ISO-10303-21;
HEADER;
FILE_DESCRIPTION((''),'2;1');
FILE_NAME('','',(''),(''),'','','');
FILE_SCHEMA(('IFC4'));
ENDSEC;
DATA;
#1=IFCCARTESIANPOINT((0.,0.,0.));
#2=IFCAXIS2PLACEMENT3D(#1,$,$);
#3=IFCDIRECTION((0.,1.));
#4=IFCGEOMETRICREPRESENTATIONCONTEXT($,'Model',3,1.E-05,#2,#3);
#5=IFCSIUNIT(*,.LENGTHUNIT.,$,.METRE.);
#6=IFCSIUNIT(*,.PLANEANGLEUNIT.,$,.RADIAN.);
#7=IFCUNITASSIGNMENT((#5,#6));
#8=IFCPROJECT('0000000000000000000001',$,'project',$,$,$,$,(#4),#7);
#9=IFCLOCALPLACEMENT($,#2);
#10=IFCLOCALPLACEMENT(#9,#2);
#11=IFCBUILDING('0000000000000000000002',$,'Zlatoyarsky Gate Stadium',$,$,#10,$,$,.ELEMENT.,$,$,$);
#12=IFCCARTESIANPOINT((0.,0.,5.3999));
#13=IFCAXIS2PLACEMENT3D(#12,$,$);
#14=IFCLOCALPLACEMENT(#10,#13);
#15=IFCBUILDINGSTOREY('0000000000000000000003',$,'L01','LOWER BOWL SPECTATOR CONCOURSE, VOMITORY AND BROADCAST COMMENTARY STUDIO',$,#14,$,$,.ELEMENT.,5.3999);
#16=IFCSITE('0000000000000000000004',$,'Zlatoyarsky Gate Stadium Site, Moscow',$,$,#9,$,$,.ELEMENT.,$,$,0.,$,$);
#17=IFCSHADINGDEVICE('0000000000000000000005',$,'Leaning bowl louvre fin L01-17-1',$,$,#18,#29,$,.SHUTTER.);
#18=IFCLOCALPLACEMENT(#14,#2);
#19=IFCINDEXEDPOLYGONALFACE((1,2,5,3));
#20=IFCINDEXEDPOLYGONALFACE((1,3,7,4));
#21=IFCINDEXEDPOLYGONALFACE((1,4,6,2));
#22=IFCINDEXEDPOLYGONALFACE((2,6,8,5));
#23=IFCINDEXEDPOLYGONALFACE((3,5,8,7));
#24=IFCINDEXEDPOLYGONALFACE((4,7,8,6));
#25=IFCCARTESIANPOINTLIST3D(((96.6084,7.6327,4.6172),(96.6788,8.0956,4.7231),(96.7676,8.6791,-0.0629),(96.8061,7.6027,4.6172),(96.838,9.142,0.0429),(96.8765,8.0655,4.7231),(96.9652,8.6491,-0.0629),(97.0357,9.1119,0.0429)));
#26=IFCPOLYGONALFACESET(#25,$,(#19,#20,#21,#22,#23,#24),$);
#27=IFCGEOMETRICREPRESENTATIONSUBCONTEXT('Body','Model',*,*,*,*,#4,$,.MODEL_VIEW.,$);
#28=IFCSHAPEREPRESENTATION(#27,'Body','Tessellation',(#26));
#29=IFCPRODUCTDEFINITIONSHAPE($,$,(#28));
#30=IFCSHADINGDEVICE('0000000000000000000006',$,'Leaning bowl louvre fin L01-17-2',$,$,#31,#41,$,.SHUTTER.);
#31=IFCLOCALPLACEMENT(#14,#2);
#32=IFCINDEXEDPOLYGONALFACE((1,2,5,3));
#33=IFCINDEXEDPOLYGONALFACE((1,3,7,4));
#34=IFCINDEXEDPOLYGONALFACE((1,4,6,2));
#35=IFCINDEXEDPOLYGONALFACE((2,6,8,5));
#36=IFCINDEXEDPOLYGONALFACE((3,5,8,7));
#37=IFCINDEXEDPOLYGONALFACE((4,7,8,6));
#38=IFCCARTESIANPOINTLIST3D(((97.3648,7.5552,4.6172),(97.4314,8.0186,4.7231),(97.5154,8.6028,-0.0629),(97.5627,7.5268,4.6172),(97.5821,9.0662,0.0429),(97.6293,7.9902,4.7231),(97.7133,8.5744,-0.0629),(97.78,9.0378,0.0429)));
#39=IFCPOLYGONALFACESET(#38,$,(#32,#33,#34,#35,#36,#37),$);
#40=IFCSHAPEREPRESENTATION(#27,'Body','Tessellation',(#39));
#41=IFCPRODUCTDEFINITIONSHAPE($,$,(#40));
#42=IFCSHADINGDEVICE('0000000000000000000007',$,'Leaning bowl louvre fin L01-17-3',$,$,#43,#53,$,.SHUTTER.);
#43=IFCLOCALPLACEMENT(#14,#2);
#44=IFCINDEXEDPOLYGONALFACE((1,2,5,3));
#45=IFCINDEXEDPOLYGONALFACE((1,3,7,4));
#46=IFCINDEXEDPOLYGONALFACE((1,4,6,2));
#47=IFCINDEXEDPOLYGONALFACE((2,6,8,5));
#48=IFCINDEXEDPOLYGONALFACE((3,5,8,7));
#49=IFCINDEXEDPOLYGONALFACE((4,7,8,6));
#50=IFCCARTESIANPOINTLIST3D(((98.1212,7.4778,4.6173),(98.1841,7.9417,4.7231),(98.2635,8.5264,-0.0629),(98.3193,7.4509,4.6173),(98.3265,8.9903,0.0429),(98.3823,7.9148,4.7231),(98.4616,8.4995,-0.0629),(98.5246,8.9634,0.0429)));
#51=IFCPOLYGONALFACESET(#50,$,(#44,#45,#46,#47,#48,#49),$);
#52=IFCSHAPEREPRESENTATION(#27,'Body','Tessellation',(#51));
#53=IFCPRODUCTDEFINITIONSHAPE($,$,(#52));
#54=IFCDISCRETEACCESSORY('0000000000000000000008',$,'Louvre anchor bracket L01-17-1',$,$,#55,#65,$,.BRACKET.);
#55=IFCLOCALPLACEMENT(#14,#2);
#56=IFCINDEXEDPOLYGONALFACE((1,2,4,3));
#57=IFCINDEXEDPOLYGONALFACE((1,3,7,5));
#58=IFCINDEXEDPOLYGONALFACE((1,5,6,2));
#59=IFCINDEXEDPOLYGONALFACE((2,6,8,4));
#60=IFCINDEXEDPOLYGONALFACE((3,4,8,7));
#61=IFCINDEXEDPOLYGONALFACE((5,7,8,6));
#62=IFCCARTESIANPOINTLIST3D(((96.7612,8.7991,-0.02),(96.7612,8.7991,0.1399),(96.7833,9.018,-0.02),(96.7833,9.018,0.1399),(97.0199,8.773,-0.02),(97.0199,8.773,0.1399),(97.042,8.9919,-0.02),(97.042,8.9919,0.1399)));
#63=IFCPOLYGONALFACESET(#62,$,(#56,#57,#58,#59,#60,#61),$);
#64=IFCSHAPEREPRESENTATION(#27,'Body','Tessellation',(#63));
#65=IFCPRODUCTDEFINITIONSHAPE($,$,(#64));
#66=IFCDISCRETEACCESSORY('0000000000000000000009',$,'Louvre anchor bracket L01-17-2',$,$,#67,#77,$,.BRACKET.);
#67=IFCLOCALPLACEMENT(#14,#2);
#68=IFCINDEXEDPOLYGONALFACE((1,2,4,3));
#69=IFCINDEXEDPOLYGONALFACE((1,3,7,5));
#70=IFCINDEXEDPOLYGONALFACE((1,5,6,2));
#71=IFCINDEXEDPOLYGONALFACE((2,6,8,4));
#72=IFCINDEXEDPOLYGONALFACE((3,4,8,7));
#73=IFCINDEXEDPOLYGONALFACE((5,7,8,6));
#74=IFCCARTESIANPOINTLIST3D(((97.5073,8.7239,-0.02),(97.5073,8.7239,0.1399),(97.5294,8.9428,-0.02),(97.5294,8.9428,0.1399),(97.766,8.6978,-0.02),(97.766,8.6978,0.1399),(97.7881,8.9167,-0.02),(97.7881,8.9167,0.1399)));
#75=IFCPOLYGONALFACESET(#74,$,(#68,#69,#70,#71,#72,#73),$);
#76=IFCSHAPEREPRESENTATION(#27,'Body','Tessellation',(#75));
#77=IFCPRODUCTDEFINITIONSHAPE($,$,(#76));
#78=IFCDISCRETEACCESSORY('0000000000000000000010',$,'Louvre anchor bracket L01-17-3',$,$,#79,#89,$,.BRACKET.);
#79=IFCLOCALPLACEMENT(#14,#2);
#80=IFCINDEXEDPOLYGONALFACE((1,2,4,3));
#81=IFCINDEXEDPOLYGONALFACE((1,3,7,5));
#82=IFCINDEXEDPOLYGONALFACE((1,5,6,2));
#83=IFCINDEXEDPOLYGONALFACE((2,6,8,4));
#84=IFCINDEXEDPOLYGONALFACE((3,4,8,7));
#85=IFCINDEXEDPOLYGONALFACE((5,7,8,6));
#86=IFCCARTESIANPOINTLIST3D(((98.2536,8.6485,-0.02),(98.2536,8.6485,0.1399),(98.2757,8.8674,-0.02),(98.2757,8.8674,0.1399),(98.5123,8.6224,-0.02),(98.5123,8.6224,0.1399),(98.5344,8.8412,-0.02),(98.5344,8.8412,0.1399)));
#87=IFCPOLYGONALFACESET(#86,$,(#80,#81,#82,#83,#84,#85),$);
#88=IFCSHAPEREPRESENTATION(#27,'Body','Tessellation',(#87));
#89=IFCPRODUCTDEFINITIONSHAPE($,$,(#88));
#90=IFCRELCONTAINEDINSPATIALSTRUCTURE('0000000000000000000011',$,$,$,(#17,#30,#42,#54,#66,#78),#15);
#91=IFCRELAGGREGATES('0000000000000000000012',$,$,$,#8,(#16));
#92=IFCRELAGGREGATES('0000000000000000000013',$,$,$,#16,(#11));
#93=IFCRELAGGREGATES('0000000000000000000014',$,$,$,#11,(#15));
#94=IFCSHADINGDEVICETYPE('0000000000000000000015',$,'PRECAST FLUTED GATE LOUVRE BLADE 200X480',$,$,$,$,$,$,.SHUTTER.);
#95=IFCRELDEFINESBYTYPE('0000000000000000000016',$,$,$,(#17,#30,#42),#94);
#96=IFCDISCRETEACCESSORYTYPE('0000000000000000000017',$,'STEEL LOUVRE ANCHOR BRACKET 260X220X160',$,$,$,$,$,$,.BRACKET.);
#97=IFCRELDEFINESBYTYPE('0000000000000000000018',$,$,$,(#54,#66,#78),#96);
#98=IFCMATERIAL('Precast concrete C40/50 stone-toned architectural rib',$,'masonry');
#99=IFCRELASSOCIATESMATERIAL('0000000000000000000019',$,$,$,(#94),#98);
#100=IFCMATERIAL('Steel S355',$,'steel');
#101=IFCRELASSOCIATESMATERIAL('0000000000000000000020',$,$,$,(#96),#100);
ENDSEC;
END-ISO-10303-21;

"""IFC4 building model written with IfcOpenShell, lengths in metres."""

from ifc_helpers import new_model, si_unit, direction, frame, origin, origin_2d, place, context, subcontext, project, spatial, rectangle, extrude, material, material_profile, profile_set, type_object, element, save


model = new_model("IFC4")

# Units and contexts
model_context = context("Model", 3, precision=1e-05, world=origin(), true_north=direction((0.0, 1.0)))
body_context = subcontext(model_context, "Body", "Model", "MODEL_VIEW")
ifc_project = project(units=[si_unit("LENGTHUNIT", "METRE"), si_unit("PLANEANGLEUNIT", "RADIAN")], contexts=[model_context])

# Site, building, storey
site_placement = place(None, origin())
site = spatial("IfcSite", under=ifc_project, at=site_placement, Name="Zlatoyarsky Gate Stadium Site, Moscow", CompositionType="ELEMENT", RefElevation=0.0)
building_placement = place(site_placement, origin())
building = spatial("IfcBuilding", under=site, at=building_placement, Name="Zlatoyarsky Gate Stadium", CompositionType="ELEMENT")
storey_placement = place(building_placement, frame((0.0, 0.0, 5.3999)))
storey = spatial("IfcBuildingStorey", under=building, at=storey_placement, Name="L01", Description="LOWER BOWL SPECTATOR CONCOURSE, VOMITORY AND BROADCAST COMMENTARY STUDIO", CompositionType="ELEMENT", Elevation=5.3999)

# Shared definitions
ifc_material_1 = material(Name="Steel S355", Category="steel")

# Shading devices
ifc_material_2 = material(Name="Precast concrete C40/50 stone-toned architectural rib", Category="masonry")
ifc_material_profile_1 = material_profile(ifc_material_2, rectangle(XDim=0.2, YDim=0.48, at=origin_2d()), Name="RIB 200X480")
ifc_profile_set_1 = profile_set([ifc_material_profile_1], Name="Precast concrete C40/50 stone-toned architectural rib")
shading_device_type = type_object("IfcShadingDeviceType", Name="PRECAST FLUTED GATE LOUVRE BLADE 200X480", PredefinedType="SHUTTER", material=ifc_profile_set_1)
for number, where, z_axis, x_axis, name in (
    (1, (96.9016, 8.8955, -0.01), (-0.033174, -0.218072, 0.975369), (0.988626, -0.150393, 0.0), "Leaning bowl louvre fin L01-17-1"),
    (2, (97.6477, 8.8203, -0.01), (-0.031393, -0.218326, 0.975371), (0.98982, -0.142326, 0.0), "Leaning bowl louvre fin L01-17-2"),
    (3, (98.394, 8.7449, -0.01), (-0.029663, -0.218532, 0.975379), (0.990913, -0.134506, 0.0), "Leaning bowl louvre fin L01-17-3"),
):
    element("IfcShadingDevice", number, at=place(storey_placement, frame(where, z_axis=z_axis, x_axis=x_axis)), inside=storey, type_object=shading_device_type, Name=name, PredefinedType="SHUTTER", context=body_context, shape_type="SweptSolid", body=[
        extrude(rectangle(XDim=0.2, YDim=0.48, at=origin_2d()), origin(), (0.0, 0.0, 1.0), 4.7983),
    ])

# Discrete accessories
discrete_accessory_type = type_object("IfcDiscreteAccessoryType", Name="STEEL LOUVRE ANCHOR BRACKET 260X220X160", PredefinedType="BRACKET", material=ifc_material_1)
for number, where, z_axis, x_axis, name in (
    (4, (96.9016, 8.8955, -0.02), (0.0, 0.0, 1.0), (0.994937, -0.100499, 0.0), "Louvre anchor bracket L01-17-1"),
    (5, (97.6477, 8.8203, -0.02), (0.0, 0.0, 1.0), (0.994937, -0.100499, 0.0), "Louvre anchor bracket L01-17-2"),
    (6, (98.394, 8.7449, -0.02), (0.0, 0.0, 1.0), (0.994937, -0.100499, 0.0), "Louvre anchor bracket L01-17-3"),
):
    element("IfcDiscreteAccessory", number, at=place(storey_placement, frame(where, z_axis=z_axis, x_axis=x_axis)), inside=storey, type_object=discrete_accessory_type, Name=name, PredefinedType="BRACKET", context=body_context, shape_type="SweptSolid", body=[
        extrude(rectangle(XDim=0.26, YDim=0.22, at=origin_2d()), origin(), (0.0, 0.0, 1.0), 0.1599),
    ])

save(model, "model.ifc")
